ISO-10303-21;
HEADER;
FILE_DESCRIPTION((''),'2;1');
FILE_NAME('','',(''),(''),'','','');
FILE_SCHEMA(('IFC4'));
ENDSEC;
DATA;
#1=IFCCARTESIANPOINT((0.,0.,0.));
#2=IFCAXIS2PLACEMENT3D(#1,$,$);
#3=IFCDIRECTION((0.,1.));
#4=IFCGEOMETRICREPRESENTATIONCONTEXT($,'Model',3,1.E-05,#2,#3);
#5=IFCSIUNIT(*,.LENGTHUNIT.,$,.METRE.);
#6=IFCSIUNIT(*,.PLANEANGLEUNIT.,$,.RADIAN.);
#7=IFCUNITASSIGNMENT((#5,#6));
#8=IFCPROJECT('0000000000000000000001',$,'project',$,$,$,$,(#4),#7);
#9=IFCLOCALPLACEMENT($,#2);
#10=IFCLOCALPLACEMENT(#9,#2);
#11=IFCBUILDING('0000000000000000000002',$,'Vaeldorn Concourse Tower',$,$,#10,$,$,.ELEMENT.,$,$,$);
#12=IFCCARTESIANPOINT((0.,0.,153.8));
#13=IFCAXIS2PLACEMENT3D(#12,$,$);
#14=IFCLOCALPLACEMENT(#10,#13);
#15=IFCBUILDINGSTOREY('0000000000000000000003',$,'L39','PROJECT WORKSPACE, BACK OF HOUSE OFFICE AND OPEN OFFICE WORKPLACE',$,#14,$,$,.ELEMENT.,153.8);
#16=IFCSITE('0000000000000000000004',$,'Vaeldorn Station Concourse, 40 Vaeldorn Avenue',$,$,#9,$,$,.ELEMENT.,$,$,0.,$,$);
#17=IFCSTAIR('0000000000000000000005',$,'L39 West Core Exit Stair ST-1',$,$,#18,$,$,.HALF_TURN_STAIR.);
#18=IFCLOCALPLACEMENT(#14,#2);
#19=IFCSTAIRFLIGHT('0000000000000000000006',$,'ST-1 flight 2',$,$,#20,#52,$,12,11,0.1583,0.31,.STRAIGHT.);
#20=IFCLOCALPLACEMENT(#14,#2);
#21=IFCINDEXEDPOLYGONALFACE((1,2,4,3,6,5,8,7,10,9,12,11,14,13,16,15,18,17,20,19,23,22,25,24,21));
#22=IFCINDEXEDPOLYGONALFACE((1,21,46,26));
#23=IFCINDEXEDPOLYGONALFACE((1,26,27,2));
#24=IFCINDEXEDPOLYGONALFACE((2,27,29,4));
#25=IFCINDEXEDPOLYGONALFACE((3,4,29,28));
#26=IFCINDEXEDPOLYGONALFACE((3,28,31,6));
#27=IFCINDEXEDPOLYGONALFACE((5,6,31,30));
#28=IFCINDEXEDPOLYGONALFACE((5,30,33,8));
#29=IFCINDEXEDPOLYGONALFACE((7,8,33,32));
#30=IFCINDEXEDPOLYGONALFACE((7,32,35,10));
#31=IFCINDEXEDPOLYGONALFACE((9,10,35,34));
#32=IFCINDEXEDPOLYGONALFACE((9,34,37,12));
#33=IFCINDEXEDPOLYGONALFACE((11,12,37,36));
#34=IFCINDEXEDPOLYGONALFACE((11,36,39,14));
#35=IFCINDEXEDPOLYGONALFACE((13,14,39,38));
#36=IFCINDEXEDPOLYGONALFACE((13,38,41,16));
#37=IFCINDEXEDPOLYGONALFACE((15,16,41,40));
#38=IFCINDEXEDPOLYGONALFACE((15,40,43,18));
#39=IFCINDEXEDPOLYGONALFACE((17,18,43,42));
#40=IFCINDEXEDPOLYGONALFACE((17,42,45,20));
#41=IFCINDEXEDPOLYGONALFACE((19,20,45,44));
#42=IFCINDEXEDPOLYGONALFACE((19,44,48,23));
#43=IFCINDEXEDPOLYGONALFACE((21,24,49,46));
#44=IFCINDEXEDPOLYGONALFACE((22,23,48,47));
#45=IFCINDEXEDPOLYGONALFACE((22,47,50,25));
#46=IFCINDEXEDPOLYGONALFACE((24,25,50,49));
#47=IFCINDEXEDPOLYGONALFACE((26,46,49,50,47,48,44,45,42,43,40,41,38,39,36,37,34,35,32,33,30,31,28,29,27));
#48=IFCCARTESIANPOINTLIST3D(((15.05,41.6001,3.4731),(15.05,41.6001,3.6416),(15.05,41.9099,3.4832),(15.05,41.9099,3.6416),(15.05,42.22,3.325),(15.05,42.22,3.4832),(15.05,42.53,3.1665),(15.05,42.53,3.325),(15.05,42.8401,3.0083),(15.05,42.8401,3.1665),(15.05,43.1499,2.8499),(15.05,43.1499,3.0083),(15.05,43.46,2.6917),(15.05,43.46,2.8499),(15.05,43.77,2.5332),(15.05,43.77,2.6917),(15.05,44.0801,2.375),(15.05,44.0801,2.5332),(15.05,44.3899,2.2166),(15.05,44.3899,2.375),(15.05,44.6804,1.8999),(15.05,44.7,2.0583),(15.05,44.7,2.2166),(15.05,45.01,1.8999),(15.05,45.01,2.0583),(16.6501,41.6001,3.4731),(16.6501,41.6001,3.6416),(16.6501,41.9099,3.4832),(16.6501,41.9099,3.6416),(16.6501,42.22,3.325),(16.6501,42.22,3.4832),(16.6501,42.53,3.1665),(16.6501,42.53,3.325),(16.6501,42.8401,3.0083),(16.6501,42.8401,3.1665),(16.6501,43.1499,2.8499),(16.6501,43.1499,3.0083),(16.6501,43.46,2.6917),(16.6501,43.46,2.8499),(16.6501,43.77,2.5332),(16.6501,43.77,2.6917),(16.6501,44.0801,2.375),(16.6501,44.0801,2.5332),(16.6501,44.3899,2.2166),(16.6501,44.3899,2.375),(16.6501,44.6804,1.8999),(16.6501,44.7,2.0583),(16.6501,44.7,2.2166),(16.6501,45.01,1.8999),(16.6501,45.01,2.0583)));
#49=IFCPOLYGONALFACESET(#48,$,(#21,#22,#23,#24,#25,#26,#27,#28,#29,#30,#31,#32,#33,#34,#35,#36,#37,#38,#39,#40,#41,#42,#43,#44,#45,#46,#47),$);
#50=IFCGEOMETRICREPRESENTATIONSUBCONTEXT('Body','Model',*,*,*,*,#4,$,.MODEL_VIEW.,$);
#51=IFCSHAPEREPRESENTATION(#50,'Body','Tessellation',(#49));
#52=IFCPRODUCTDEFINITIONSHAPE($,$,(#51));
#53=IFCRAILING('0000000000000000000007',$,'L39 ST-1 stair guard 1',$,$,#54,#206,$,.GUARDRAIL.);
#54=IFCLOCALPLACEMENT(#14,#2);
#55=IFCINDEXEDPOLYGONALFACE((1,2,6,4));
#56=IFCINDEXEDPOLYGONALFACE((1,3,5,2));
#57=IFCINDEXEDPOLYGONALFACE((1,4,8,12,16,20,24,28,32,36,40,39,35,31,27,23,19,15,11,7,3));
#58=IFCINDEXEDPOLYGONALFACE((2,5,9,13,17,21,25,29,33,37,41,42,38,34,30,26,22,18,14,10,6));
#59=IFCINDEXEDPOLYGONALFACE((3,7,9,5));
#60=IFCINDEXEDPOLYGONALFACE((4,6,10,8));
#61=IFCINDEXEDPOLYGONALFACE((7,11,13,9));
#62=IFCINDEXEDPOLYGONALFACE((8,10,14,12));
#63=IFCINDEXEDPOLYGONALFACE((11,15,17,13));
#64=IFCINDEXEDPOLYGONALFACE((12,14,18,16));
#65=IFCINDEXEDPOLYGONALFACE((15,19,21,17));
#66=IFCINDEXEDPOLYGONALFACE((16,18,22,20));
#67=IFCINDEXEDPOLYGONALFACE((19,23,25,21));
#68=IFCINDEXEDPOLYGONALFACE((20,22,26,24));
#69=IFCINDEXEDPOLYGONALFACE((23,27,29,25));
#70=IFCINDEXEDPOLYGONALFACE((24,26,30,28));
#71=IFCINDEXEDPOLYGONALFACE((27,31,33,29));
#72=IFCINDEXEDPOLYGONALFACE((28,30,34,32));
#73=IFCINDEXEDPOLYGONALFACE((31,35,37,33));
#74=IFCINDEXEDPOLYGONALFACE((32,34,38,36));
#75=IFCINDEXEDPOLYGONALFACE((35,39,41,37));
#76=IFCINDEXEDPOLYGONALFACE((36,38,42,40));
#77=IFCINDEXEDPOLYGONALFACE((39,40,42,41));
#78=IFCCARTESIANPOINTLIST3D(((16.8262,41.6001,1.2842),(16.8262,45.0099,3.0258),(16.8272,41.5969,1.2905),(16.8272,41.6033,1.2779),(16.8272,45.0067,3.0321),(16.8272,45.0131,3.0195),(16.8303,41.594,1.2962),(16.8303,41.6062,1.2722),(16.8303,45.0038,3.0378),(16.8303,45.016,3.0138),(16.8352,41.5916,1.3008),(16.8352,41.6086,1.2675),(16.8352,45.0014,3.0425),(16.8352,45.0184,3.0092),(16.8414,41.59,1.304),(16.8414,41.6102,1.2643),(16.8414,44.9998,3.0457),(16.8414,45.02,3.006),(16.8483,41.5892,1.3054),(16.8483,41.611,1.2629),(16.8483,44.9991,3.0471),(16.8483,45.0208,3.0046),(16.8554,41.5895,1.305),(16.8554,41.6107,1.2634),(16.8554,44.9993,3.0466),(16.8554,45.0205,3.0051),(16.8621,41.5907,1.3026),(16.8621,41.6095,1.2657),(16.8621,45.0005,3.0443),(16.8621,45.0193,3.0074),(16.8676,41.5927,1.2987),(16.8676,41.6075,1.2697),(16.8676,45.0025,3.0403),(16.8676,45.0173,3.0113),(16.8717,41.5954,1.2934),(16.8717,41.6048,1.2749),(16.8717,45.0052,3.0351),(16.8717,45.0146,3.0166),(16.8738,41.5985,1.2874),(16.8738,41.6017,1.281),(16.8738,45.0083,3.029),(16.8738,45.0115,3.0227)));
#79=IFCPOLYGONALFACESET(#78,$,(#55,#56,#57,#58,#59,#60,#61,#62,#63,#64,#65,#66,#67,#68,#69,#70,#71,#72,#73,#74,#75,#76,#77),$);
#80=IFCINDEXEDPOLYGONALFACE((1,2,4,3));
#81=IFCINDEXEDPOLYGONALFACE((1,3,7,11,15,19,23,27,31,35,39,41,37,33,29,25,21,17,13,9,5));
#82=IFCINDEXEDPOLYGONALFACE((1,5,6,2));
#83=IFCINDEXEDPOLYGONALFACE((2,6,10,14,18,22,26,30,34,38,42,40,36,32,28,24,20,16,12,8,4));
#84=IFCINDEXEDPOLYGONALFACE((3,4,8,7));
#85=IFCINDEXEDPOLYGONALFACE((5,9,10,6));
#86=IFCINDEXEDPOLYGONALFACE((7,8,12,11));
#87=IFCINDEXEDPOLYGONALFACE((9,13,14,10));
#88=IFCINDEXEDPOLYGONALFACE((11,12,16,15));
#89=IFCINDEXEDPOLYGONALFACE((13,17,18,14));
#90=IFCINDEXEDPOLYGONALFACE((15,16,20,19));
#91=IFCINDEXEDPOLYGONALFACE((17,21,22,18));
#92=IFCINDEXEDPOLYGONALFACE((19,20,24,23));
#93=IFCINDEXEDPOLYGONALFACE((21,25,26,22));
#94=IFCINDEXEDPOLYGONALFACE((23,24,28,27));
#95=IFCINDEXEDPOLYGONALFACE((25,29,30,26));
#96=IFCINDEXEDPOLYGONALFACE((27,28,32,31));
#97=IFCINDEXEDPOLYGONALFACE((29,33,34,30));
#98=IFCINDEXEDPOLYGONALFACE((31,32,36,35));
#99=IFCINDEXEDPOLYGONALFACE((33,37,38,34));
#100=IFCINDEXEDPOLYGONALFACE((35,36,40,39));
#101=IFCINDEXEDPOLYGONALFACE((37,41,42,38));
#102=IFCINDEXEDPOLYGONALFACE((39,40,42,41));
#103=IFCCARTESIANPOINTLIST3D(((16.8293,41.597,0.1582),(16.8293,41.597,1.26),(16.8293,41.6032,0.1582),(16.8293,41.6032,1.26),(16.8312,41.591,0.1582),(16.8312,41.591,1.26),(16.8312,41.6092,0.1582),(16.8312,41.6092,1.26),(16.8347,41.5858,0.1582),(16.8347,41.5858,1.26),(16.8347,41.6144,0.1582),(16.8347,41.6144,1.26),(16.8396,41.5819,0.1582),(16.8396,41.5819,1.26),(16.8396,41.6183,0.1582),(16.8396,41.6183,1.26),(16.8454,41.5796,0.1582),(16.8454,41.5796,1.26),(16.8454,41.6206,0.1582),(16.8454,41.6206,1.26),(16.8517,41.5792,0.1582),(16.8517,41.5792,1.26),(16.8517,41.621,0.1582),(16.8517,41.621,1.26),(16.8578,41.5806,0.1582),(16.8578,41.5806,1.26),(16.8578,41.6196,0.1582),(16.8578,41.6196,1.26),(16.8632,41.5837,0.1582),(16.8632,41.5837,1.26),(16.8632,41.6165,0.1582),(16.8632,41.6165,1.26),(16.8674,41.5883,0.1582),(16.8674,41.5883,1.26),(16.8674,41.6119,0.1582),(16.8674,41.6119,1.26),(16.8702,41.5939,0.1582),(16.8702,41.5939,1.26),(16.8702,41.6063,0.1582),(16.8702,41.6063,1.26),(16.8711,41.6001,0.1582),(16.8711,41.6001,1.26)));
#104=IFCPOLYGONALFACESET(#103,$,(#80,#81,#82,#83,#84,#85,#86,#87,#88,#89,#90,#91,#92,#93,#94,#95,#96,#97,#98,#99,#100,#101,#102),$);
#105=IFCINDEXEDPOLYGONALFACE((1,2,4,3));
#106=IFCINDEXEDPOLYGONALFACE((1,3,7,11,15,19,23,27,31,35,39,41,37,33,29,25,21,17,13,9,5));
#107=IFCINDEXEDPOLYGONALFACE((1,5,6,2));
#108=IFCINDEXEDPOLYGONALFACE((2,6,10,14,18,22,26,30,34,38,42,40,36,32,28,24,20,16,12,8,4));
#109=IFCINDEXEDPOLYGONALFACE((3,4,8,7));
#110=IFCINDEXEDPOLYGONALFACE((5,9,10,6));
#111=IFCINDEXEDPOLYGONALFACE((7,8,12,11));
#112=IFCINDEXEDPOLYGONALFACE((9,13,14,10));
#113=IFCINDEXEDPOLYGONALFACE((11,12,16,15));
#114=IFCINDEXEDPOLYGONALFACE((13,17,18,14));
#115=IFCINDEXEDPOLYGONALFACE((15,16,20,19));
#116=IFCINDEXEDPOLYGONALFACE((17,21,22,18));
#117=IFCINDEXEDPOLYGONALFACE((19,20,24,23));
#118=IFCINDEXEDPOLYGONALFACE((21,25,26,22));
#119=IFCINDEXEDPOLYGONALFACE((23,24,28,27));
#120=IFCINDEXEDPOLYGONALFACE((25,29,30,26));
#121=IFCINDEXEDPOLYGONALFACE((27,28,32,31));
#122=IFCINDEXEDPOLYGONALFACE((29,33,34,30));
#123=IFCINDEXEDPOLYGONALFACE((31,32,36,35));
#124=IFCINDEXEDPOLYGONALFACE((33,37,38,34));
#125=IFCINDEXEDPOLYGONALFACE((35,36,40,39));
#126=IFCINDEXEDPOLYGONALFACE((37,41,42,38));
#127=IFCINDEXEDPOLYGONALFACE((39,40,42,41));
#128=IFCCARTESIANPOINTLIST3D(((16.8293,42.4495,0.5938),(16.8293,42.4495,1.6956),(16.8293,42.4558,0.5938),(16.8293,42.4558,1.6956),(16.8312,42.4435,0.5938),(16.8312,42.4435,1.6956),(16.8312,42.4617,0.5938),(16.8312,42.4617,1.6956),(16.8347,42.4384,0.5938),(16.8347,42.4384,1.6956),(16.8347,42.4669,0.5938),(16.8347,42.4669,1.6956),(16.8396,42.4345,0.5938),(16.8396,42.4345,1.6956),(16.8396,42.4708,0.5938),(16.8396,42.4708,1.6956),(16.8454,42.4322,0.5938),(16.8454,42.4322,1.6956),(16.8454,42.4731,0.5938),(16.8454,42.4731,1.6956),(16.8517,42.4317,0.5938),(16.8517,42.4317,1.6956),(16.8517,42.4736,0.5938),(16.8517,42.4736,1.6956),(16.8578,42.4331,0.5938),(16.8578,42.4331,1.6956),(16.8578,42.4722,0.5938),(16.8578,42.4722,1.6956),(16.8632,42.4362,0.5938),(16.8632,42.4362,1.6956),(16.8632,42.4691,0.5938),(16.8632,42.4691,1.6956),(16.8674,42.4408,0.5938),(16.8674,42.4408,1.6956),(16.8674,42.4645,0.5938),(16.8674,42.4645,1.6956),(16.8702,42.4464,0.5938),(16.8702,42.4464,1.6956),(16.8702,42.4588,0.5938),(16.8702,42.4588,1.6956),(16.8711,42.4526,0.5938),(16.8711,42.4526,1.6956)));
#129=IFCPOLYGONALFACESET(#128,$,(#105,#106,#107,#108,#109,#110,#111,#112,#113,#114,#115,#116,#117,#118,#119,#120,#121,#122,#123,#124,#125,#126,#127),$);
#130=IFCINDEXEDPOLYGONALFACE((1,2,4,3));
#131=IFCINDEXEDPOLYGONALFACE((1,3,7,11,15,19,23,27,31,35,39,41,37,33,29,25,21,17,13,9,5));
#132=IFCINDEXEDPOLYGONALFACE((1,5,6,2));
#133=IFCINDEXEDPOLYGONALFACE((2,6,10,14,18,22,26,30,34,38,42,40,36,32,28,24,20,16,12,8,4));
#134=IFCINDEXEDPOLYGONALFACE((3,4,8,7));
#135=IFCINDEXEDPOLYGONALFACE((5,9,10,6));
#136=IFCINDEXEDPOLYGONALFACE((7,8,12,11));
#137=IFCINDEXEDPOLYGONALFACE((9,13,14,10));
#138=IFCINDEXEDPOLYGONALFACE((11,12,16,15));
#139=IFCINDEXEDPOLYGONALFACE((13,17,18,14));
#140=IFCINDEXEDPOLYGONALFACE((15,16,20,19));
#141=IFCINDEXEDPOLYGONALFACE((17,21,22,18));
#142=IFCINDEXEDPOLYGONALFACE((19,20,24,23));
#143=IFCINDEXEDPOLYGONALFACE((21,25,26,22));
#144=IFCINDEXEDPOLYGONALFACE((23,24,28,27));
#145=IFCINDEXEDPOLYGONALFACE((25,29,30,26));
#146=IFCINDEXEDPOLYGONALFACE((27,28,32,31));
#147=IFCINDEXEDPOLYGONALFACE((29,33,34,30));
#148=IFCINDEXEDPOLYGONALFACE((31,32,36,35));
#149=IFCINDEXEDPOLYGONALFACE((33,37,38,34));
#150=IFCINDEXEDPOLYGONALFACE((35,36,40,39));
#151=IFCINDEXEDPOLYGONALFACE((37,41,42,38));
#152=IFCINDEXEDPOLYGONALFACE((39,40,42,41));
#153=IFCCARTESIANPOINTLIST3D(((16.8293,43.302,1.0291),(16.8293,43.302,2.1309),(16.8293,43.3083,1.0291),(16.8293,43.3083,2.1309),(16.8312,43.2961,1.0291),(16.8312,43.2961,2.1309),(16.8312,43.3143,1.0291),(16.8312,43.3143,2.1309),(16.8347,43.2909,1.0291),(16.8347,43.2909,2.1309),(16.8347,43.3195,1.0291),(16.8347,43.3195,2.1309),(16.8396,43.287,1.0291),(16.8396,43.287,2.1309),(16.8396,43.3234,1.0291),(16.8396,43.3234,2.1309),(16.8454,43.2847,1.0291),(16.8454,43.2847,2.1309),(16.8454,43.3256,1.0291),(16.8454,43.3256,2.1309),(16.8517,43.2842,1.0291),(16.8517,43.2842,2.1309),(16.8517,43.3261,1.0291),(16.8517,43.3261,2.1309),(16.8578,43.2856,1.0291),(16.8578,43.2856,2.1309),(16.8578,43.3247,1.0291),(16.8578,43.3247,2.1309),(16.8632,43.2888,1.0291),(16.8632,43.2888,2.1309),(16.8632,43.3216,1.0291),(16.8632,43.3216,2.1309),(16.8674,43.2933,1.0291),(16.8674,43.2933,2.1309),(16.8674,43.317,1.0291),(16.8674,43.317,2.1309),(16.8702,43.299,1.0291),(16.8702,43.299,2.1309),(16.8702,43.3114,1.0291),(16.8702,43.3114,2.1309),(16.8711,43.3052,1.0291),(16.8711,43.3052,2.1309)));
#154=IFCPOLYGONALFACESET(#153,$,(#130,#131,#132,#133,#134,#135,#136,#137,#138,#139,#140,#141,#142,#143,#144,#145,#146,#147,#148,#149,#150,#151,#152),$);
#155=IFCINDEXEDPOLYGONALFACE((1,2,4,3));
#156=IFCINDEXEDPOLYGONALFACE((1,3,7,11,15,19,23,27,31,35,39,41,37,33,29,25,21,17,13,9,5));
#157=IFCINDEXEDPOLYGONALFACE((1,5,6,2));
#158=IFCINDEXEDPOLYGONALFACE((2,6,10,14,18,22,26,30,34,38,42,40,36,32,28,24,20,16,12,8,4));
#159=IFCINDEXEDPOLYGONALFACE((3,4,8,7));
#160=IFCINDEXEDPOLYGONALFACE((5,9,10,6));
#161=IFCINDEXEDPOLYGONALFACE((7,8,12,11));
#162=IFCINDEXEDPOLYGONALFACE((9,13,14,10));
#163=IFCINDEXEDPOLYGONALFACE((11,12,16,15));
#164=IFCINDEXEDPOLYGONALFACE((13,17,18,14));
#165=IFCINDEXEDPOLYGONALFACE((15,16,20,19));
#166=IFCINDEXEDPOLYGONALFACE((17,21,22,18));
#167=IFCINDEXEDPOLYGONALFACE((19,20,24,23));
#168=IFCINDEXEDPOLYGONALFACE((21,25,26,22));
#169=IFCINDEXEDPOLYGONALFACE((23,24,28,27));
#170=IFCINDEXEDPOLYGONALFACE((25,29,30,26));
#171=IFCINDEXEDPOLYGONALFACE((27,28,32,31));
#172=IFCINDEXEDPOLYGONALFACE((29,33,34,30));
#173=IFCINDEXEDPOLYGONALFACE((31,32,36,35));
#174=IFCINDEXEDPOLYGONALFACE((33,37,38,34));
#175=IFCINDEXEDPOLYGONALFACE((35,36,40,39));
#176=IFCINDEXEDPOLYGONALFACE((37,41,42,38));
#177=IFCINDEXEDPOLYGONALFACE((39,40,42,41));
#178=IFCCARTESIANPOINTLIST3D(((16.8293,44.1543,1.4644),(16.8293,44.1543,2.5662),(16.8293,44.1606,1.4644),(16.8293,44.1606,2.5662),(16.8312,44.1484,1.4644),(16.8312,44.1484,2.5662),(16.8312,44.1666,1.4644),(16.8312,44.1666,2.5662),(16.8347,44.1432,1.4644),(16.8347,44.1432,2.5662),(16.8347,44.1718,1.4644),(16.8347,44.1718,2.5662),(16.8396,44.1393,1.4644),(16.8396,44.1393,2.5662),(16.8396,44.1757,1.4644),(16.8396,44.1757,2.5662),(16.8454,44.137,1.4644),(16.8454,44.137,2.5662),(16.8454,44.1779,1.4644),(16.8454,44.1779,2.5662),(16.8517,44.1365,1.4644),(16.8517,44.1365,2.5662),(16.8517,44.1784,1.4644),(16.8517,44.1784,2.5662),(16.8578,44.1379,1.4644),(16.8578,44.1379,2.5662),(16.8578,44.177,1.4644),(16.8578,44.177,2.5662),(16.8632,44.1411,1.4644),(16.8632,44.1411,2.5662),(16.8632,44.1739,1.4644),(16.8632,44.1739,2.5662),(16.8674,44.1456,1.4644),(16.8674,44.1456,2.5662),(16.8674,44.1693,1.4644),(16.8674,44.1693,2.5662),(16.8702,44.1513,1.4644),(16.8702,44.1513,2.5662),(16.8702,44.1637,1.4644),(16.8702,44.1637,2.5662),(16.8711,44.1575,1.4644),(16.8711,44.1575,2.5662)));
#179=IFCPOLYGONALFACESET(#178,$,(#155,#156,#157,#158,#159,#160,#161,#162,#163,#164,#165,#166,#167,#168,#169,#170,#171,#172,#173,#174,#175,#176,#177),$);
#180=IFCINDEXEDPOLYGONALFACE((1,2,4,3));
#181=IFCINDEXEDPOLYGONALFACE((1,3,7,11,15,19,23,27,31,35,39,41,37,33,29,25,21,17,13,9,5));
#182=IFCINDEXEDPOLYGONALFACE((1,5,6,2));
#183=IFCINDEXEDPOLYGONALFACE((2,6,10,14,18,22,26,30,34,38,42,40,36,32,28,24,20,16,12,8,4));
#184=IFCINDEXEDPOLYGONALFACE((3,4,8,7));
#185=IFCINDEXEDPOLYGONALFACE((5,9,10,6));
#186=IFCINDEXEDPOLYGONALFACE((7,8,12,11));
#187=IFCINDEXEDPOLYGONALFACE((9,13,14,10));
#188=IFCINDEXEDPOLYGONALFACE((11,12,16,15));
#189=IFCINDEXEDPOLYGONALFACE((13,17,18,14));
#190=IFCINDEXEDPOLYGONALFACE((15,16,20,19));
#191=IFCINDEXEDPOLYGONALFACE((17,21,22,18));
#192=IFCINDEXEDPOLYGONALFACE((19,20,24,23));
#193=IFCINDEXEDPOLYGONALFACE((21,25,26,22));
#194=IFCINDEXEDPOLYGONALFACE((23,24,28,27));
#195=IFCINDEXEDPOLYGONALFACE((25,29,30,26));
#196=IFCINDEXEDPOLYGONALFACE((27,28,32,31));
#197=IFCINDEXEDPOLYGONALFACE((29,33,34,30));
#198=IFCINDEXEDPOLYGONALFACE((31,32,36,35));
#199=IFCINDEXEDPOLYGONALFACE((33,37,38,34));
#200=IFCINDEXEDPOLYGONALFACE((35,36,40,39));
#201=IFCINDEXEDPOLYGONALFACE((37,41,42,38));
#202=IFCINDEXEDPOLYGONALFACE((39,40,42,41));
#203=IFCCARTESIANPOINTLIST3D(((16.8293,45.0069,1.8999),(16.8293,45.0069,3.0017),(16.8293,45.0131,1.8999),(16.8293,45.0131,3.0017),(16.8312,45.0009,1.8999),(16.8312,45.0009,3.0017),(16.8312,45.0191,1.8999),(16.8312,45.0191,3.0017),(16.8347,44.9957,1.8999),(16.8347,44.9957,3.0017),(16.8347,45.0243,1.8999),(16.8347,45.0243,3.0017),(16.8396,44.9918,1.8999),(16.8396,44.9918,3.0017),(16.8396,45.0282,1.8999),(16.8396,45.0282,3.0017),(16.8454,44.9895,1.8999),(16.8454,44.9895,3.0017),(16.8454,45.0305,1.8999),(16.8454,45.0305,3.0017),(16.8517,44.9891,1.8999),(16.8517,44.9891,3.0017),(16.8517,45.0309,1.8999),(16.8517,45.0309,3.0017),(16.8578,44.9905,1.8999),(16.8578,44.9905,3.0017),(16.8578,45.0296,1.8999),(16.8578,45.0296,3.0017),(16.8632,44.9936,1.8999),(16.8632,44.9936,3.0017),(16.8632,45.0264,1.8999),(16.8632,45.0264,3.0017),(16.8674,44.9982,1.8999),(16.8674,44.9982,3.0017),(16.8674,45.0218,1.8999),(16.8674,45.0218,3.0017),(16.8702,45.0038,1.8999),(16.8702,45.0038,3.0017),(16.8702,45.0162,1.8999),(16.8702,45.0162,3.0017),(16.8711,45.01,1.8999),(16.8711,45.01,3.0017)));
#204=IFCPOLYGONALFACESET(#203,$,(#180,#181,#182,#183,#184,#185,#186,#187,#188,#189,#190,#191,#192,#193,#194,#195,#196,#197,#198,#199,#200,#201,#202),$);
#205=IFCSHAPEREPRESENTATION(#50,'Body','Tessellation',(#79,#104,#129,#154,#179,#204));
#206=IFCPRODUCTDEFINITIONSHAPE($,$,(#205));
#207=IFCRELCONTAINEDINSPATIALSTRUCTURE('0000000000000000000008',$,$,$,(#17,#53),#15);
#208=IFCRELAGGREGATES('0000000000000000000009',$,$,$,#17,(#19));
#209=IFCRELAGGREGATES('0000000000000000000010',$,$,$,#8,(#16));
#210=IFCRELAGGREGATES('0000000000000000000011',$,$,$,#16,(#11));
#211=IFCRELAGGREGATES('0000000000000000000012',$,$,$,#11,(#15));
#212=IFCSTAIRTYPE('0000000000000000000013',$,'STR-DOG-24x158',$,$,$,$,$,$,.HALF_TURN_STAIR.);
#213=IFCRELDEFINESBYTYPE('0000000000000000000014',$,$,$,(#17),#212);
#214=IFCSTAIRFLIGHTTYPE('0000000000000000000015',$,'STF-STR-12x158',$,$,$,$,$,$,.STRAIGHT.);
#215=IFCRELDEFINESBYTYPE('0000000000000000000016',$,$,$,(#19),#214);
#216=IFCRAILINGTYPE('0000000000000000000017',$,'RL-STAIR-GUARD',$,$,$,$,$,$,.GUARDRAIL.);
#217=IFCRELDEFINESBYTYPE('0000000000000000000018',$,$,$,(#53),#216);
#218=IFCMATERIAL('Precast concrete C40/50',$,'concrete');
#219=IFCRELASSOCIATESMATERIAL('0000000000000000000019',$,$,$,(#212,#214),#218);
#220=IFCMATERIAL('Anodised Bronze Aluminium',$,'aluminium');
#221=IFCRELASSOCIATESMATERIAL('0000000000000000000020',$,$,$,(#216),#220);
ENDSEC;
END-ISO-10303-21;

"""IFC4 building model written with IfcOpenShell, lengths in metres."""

from ifc_helpers import new_model, si_unit, direction, frame, origin, origin_2d, place, context, subcontext, project, spatial, polyline, circle, outline, extrude, material, type_object, element, aggregate, save


model = new_model("IFC4")

# Units and contexts
model_context = context("Model", 3, precision=1e-05, world=origin(), true_north=direction((0.0, 1.0)))
body_context = subcontext(model_context, "Body", "Model", "MODEL_VIEW")
ifc_project = project(units=[si_unit("LENGTHUNIT", "METRE"), si_unit("PLANEANGLEUNIT", "RADIAN")], contexts=[model_context])

# Site, building, storey
site_placement = place(None, origin())
site = spatial("IfcSite", under=ifc_project, at=site_placement, Name="Vaeldorn Station Concourse, 40 Vaeldorn Avenue", CompositionType="ELEMENT", RefElevation=0.0)
building_placement = place(site_placement, origin())
building = spatial("IfcBuilding", under=site, at=building_placement, Name="Vaeldorn Concourse Tower", CompositionType="ELEMENT")
storey_placement = place(building_placement, frame((0.0, 0.0, 153.8)))
storey = spatial("IfcBuildingStorey", under=building, at=storey_placement, Name="L39", Description="PROJECT WORKSPACE, BACK OF HOUSE OFFICE AND OPEN OFFICE WORKPLACE", CompositionType="ELEMENT", Elevation=153.8)

# Shared definitions
ifc_material_1 = material(Name="Anodised Bronze Aluminium", Category="aluminium")

# Stair, stair flight
ifc_material_2 = material(Name="Precast concrete C40/50", Category="concrete")
stair_type = type_object("IfcStairType", Name="STR-DOG-24x158", PredefinedType="HALF_TURN_STAIR", material=ifc_material_2)
stair_placement = place(storey_placement, origin())
stair = element("IfcStair", 1, at=stair_placement, inside=storey, type_object=stair_type, Name="L39 West Core Exit Stair ST-1", PredefinedType="HALF_TURN_STAIR")
stair_flight_type = type_object("IfcStairFlightType", Name="STF-STR-12x158", PredefinedType="STRAIGHT", material=ifc_material_2)
stair_flight_1_placement = place(storey_placement, frame((15.8501, 45.01, 1.8999), z_axis=(0.0, 0.0, 1.0), x_axis=(0.0, -1.0, 0.0)))
stair_flight_1 = element("IfcStairFlight", 2, at=stair_flight_1_placement, type_object=stair_flight_type, Name="ST-1 flight 2", NumberOfRisers=12, NumberOfTreads=11, PredefinedType="STRAIGHT", RiserHeight=0.1583, TreadLength=0.31, context=body_context, shape_type="SweptSolid", body=[
    extrude(outline(polyline([(0.0, 0.0), (0.0, 0.1584), (0.3101, 0.1584), (0.3101, 0.3167), (0.6201, 0.3167), (0.6201, 0.4751), (0.9299, 0.4751), (0.9299, 0.6333), (1.24, 0.6333), (1.24, 0.7917), (1.55, 0.7917), (1.55, 0.95), (1.8601, 0.95), (1.8601, 1.1084), (2.1699, 1.1084), (2.1699, 1.2666), (2.48, 1.2666), (2.48, 1.425), (2.79, 1.425), (2.79, 1.5833), (3.1001, 1.5833), (3.1001, 1.7417), (3.4099, 1.7417), (3.4099, 1.8999), (3.4099, 1.5732), (0.3296, 0.0), (0.0, 0.0)])), frame((0.0, 0.8, 0.0), z_axis=(0.0, -1.0, 0.0), x_axis=(1.0, 0.0, 0.0)), (0.0, 0.0, 1.0), 1.6001),
])
aggregate(stair, [stair_flight_1])

# Railing
railing_type_1 = type_object("IfcRailingType", Name="RL-STAIR-GUARD", PredefinedType="GUARDRAIL", material=ifc_material_1)
railing_1_placement = place(storey_placement, frame((16.8501, 41.6001, 0.1582)))
element("IfcRailing", 3, at=railing_1_placement, inside=storey, type_object=railing_type_1, Name="L39 ST-1 stair guard 1", PredefinedType="GUARDRAIL", context=body_context, shape_type="SweptSolid", body=[
    extrude(circle(Radius=0.0239, at=origin_2d()), frame((0.0, 0.0, 1.126), z_axis=(0.0, 0.890556, 0.454874), x_axis=(-1.0, 0.0, 0.0)), (0.0, 0.0, 1.0), 3.8289),
    extrude(circle(Radius=0.021, at=origin_2d()), origin(), (0.0, 0.0, 1.0), 1.1018),
    extrude(circle(Radius=0.021, at=origin_2d()), frame((0.0, 0.8525, 0.4355)), (0.0, 0.0, 1.0), 1.1018),
    extrude(circle(Radius=0.021, at=origin_2d()), frame((0.0, 1.7051, 0.8708)), (0.0, 0.0, 1.0), 1.1018),
    extrude(circle(Radius=0.021, at=origin_2d()), frame((0.0, 2.5574, 1.3062)), (0.0, 0.0, 1.0), 1.1018),
    extrude(circle(Radius=0.021, at=origin_2d()), frame((0.0, 3.4099, 1.7417)), (0.0, 0.0, 1.0), 1.1018),
])

save(model, "model.ifc")
